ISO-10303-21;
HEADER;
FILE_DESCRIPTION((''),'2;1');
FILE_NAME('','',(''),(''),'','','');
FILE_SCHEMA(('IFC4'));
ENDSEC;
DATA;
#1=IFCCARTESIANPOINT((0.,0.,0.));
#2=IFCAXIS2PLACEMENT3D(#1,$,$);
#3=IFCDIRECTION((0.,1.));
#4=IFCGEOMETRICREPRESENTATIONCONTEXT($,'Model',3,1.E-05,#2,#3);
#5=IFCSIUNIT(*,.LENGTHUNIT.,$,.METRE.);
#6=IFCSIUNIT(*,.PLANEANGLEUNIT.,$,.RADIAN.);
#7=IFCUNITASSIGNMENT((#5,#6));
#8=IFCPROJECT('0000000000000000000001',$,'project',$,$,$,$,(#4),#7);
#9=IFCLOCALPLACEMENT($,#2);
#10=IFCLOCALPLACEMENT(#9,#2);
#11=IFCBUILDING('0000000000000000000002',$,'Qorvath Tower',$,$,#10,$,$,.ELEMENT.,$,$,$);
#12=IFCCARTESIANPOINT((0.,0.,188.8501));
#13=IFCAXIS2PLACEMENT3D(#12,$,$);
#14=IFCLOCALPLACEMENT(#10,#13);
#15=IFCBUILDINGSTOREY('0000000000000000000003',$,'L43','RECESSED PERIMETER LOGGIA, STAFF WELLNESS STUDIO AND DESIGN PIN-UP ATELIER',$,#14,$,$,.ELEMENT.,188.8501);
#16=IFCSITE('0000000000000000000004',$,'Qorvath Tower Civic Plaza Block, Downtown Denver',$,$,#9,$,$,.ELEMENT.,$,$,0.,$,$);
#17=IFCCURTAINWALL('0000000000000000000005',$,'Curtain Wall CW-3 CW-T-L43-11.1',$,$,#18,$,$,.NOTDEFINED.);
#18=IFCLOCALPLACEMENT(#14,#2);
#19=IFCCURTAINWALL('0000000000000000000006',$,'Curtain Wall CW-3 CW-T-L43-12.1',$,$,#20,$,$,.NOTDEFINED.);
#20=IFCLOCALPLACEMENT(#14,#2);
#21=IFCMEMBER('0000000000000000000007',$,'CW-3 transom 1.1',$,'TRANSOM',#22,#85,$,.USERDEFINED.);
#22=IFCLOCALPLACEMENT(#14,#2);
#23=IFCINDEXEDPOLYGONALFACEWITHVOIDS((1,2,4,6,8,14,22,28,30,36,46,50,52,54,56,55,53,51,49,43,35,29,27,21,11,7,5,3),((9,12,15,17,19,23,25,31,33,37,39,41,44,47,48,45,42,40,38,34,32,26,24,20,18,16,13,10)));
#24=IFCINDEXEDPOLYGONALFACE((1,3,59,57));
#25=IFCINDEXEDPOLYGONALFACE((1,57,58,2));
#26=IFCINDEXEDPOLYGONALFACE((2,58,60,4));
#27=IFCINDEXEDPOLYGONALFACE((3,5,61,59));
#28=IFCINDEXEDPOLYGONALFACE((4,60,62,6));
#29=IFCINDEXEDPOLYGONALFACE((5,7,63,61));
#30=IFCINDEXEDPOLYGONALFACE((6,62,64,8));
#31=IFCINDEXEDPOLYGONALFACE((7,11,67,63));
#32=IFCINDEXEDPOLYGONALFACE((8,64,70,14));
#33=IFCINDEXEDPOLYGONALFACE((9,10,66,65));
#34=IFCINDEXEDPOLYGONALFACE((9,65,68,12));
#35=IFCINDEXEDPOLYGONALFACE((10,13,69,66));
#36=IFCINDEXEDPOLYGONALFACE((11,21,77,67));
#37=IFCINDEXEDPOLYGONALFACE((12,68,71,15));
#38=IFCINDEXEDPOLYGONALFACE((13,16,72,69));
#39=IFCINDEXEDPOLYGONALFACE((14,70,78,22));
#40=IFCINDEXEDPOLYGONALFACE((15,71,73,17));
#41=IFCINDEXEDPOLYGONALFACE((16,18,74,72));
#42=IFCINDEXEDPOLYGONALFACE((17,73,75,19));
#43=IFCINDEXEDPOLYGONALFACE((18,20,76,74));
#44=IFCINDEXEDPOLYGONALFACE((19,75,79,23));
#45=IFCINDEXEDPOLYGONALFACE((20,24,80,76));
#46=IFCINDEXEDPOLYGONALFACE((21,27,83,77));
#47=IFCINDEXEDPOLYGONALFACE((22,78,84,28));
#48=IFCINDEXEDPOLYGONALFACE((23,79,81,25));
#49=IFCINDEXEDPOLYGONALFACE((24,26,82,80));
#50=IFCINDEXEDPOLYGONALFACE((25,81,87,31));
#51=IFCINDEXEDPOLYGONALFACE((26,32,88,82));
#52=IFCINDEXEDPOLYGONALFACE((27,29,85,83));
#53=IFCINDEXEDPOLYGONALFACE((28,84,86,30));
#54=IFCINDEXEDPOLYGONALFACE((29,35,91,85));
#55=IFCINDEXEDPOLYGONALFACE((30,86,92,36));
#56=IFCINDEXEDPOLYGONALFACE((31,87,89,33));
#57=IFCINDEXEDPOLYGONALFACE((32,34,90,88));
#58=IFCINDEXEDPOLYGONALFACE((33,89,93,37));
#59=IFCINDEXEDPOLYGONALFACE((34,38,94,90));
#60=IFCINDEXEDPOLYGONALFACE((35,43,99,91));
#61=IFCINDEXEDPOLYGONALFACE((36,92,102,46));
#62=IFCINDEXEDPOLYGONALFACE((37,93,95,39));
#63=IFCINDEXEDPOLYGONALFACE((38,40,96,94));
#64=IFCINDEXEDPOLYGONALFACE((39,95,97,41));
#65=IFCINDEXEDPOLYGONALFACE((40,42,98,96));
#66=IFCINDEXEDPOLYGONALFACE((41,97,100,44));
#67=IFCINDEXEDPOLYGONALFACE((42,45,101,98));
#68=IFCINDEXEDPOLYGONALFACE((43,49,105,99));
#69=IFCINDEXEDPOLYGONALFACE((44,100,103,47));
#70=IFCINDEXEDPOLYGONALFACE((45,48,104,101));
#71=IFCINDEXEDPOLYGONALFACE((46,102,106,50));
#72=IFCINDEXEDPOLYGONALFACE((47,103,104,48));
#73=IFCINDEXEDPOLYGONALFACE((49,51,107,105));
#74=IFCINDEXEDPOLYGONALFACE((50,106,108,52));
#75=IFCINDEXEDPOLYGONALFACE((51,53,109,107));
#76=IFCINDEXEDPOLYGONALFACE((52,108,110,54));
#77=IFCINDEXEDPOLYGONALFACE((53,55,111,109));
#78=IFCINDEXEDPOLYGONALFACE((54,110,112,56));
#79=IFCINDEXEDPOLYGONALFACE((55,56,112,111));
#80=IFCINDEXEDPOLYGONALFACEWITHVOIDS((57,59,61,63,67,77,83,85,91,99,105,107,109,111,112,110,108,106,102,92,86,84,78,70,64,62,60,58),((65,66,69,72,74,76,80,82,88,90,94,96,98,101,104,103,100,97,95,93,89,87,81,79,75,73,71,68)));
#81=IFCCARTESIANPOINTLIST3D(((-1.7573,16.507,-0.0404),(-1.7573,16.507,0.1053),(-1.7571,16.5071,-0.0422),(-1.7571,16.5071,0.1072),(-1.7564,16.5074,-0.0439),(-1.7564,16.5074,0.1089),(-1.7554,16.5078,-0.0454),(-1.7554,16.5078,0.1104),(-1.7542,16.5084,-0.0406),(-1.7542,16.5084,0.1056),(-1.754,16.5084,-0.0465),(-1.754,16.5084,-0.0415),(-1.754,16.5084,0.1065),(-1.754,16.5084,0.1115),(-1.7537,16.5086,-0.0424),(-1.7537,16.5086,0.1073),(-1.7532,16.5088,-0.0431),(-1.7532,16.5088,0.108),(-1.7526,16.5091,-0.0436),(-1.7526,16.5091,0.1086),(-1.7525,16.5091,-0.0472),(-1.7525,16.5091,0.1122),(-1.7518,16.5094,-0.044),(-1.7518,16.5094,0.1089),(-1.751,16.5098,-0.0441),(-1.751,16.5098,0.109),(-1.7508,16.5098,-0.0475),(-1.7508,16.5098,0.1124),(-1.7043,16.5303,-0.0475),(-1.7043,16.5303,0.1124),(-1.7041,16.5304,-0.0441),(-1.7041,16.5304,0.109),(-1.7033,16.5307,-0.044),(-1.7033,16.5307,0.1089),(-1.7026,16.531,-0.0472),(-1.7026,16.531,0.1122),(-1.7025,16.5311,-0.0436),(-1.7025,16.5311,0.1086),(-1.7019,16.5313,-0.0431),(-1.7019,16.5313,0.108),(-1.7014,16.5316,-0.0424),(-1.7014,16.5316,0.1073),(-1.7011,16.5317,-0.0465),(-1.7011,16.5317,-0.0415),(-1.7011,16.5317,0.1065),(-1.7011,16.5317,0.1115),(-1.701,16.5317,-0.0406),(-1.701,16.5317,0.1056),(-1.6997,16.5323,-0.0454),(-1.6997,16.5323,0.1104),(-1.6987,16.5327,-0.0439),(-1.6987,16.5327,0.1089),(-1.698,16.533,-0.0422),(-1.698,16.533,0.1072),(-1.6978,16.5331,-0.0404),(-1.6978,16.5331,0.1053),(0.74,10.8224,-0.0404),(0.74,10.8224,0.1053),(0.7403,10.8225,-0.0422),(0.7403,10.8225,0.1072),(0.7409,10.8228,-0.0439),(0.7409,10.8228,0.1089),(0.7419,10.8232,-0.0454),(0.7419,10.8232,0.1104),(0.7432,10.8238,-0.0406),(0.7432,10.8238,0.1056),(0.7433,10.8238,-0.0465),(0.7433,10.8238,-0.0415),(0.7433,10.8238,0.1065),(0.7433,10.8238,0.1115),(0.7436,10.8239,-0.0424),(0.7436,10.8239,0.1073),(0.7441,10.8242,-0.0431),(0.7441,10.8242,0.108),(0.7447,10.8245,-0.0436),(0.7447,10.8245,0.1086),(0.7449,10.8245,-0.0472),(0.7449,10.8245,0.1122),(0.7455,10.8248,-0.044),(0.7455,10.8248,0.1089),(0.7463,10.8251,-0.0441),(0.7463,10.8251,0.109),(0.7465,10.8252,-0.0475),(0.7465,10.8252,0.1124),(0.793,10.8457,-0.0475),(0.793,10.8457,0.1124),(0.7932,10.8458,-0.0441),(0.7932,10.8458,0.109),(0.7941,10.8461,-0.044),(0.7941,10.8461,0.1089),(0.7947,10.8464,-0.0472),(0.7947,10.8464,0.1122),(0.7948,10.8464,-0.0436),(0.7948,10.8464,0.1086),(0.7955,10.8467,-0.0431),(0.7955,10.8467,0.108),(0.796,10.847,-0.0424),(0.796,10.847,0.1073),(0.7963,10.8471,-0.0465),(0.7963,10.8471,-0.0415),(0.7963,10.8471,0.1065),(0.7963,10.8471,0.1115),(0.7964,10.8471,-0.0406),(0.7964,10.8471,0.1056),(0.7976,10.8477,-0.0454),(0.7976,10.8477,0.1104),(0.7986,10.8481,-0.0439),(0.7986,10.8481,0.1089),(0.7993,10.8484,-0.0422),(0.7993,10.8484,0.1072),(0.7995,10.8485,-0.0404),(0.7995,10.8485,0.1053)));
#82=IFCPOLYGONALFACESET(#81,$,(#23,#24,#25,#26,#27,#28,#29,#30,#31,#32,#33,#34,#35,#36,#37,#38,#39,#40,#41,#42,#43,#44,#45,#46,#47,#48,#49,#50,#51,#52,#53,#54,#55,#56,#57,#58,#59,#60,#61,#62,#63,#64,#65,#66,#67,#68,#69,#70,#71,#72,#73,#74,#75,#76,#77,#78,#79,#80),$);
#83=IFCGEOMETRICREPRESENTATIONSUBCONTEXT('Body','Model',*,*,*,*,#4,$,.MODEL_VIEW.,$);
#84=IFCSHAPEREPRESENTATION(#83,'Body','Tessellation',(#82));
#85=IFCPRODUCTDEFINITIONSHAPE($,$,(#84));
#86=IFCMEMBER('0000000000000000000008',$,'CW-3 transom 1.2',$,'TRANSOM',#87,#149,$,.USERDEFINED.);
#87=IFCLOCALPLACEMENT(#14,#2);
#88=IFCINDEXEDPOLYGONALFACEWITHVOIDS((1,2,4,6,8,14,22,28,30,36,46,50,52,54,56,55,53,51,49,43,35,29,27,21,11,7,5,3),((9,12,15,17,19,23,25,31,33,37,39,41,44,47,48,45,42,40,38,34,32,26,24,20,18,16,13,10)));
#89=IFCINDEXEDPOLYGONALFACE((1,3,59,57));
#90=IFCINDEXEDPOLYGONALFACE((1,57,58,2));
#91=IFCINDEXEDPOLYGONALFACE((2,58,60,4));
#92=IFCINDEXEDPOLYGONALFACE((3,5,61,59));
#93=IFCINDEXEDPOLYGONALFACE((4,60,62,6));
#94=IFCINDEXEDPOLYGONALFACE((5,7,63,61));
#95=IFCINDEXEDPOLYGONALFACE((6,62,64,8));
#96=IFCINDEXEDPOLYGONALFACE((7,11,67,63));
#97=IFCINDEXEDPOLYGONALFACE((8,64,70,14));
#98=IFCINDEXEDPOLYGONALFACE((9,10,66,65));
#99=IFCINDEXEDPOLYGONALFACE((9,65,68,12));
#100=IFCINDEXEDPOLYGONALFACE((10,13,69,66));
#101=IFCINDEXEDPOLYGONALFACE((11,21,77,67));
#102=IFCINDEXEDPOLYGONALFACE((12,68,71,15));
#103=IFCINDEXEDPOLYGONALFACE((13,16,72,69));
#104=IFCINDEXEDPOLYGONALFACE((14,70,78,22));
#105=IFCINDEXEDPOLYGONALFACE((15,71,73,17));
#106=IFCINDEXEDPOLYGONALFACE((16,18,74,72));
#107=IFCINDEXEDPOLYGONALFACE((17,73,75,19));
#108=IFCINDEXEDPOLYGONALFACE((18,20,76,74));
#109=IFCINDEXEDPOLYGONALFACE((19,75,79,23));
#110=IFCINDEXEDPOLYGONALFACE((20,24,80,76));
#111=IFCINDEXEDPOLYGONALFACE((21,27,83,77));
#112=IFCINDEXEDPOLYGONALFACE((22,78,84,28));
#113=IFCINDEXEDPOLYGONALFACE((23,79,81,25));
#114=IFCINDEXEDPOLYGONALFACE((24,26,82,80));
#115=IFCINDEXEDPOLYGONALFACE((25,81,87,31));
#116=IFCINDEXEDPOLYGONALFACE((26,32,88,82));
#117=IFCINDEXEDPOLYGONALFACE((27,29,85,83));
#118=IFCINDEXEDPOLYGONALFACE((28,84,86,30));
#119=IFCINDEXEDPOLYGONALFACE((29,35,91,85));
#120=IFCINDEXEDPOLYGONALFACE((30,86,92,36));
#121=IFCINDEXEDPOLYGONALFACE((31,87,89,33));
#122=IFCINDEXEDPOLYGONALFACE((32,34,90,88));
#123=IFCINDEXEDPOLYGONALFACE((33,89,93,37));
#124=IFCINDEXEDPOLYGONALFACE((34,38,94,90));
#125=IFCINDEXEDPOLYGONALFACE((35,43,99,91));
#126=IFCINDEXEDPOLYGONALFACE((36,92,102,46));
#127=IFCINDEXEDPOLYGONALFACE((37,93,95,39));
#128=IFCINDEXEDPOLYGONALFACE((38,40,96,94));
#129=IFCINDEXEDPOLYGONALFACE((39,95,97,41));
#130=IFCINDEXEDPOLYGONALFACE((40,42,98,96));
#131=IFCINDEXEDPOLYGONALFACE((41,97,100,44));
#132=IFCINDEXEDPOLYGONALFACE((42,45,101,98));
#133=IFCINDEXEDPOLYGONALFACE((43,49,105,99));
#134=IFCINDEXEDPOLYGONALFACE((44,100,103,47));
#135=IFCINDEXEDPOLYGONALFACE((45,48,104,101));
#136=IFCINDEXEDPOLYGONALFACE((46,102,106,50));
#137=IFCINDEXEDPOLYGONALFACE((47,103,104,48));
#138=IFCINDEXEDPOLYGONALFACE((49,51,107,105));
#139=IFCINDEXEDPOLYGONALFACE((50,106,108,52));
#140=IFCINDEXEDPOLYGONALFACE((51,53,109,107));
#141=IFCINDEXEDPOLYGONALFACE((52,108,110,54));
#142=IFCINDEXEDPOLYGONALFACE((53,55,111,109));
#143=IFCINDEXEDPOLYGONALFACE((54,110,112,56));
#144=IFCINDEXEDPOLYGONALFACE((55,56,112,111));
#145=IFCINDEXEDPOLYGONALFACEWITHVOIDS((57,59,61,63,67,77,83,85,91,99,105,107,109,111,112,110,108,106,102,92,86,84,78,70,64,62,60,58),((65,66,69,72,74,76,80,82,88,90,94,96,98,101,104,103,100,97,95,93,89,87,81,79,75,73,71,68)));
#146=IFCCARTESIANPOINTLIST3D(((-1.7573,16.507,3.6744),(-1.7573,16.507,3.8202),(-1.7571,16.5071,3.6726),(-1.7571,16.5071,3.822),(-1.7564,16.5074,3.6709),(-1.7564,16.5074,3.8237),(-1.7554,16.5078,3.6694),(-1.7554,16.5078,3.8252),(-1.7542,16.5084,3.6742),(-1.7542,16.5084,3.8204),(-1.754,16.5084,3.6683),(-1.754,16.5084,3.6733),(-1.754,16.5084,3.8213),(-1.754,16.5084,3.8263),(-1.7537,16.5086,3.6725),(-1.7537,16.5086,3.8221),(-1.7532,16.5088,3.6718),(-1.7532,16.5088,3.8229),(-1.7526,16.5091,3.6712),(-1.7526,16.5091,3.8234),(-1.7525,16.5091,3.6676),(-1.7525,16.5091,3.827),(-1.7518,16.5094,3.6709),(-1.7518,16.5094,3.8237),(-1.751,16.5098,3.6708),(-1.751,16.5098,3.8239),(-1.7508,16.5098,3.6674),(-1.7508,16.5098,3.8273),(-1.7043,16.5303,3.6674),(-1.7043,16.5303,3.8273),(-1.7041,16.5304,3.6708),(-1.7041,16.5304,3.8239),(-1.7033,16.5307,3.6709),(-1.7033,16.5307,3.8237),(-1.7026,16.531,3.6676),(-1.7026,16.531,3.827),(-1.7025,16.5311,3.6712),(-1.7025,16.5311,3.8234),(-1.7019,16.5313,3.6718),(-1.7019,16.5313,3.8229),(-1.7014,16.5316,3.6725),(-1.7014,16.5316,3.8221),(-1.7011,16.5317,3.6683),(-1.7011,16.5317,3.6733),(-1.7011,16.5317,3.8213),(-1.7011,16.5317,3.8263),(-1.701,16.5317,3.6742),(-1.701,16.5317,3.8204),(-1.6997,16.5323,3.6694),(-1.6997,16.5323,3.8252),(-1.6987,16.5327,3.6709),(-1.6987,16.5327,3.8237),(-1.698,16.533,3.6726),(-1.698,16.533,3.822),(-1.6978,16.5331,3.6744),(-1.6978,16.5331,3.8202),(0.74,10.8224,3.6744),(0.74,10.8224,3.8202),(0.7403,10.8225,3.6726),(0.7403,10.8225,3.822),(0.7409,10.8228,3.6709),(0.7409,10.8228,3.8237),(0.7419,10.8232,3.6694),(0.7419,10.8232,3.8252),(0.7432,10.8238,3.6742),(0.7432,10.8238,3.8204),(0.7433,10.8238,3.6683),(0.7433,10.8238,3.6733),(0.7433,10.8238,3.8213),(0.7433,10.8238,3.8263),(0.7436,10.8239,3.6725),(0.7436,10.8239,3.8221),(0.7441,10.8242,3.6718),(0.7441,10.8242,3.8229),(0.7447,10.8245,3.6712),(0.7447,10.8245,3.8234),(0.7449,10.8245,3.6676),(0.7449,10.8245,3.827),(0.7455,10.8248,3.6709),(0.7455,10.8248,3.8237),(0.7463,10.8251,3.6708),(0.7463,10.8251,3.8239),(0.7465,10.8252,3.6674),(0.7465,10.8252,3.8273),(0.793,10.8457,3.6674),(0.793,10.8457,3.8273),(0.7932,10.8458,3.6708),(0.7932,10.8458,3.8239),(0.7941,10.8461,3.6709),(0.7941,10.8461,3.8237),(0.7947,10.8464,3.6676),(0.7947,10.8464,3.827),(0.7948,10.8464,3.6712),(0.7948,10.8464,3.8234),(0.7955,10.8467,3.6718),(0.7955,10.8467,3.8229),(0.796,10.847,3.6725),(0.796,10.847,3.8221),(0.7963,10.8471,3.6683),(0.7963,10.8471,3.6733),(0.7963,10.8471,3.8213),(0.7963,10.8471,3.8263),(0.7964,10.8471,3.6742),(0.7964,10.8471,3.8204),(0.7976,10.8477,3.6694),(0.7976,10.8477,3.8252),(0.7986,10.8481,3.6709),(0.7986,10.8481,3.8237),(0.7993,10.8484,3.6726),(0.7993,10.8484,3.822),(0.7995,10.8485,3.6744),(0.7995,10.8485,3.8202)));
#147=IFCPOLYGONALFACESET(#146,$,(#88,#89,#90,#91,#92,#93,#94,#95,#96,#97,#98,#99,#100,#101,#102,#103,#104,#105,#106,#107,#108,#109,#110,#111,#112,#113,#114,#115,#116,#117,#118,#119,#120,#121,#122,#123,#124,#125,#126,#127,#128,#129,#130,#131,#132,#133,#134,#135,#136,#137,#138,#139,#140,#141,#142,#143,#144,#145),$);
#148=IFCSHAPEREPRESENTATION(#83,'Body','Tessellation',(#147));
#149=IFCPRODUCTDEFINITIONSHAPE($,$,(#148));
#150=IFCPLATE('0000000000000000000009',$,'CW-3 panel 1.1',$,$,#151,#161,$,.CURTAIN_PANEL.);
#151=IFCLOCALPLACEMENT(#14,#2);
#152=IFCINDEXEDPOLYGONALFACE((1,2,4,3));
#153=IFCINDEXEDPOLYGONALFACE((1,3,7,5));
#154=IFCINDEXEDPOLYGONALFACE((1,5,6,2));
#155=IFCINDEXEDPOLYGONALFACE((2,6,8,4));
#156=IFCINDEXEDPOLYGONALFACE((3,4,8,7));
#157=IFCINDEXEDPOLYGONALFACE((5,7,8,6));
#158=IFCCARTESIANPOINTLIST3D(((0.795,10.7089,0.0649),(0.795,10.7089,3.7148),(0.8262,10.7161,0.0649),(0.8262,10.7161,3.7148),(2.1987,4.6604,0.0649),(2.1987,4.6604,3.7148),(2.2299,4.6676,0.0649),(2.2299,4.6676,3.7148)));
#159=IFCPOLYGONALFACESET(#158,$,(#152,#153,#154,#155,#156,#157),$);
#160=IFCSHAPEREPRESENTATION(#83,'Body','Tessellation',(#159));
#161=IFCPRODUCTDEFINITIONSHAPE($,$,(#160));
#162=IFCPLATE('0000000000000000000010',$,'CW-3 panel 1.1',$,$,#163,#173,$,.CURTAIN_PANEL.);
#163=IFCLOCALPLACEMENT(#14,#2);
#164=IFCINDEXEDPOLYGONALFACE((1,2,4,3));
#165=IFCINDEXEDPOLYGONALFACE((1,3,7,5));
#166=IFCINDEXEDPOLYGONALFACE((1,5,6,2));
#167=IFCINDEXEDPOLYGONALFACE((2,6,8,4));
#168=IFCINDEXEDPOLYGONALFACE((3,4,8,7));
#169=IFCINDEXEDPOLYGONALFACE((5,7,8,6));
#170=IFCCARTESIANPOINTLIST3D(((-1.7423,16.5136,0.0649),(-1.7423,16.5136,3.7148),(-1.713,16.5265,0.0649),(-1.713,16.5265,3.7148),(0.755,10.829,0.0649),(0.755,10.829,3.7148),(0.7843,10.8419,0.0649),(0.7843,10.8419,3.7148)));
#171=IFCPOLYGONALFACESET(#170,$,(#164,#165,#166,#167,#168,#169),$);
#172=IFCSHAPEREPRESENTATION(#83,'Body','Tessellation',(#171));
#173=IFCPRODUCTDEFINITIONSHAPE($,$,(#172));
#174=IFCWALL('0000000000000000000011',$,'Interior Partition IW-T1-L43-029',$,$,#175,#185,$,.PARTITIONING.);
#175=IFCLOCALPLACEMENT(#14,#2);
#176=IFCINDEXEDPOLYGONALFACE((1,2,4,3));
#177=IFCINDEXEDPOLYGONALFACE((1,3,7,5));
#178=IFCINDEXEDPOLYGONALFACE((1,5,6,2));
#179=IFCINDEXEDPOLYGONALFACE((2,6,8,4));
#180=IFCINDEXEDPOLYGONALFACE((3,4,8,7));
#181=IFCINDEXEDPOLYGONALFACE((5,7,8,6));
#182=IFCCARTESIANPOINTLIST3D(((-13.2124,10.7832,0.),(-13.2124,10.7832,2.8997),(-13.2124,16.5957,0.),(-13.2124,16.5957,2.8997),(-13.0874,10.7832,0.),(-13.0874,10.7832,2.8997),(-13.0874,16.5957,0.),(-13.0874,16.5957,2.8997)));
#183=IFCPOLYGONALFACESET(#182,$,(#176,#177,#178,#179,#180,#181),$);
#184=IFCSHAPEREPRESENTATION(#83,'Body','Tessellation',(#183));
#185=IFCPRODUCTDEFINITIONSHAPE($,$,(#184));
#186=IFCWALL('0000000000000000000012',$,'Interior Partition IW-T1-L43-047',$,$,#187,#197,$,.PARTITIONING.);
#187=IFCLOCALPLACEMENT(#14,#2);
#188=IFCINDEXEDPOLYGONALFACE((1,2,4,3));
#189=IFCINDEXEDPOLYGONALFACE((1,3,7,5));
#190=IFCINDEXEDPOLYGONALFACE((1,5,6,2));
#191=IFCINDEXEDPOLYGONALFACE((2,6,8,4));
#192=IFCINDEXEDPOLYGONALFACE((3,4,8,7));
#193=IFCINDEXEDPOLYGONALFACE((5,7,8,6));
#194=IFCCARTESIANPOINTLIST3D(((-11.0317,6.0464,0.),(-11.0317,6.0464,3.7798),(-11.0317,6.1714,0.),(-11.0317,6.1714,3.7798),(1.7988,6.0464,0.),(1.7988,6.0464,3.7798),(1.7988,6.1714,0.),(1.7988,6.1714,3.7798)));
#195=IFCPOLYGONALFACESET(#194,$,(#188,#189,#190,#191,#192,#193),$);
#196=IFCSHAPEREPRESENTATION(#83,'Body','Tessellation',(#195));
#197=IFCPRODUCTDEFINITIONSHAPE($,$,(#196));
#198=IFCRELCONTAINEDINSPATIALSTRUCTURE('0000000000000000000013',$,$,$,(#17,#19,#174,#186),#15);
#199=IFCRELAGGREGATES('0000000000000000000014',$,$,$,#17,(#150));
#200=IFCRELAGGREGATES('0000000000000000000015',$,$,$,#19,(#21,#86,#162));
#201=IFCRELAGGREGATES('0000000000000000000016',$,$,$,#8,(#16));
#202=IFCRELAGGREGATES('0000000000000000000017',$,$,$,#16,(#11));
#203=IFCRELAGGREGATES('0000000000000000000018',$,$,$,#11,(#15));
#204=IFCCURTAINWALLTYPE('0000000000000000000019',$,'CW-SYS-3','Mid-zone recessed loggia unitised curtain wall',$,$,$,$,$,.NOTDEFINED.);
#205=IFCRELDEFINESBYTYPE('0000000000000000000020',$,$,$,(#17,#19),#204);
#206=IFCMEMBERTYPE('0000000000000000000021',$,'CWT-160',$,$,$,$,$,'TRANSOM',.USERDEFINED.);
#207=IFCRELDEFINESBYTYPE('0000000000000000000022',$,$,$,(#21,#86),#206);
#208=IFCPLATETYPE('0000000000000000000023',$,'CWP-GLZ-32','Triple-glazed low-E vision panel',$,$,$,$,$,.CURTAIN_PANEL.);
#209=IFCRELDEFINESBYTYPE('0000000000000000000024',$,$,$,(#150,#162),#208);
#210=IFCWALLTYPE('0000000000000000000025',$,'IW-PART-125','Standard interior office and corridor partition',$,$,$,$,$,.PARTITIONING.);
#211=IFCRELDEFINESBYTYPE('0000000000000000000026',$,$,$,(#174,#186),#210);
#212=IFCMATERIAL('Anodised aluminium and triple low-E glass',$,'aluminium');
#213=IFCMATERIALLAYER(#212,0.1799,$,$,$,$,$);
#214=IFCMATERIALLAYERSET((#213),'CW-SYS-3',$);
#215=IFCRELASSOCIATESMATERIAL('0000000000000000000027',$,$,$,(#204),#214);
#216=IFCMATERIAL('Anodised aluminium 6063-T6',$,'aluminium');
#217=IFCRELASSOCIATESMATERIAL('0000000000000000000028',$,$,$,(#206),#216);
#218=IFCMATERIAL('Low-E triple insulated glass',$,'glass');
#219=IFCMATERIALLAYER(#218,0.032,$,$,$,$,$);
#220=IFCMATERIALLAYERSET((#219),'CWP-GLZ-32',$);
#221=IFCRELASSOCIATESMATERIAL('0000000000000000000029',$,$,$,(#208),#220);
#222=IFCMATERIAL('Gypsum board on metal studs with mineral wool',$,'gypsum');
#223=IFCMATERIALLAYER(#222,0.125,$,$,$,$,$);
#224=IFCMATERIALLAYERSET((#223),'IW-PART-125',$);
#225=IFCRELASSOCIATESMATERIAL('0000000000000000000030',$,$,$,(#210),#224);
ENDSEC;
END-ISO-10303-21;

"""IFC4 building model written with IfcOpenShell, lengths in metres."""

from ifc_helpers import new_model, si_unit, direction, frame, frame_2d, origin, origin_2d, place, context, subcontext, project, spatial, rectangle, hollow_rectangle, extrude, material, layer, layer_set, material_profile, profile_set, type_object, element, aggregate, save


model = new_model("IFC4")

# Units and contexts
model_context = context("Model", 3, precision=1e-05, world=origin(), true_north=direction((0.0, 1.0)))
body_context = subcontext(model_context, "Body", "Model", "MODEL_VIEW")
ifc_project = project(units=[si_unit("LENGTHUNIT", "METRE"), si_unit("PLANEANGLEUNIT", "RADIAN")], contexts=[model_context])

# Site, building, storey
site_placement = place(None, origin())
site = spatial("IfcSite", under=ifc_project, at=site_placement, Name="Qorvath Tower Civic Plaza Block, Downtown Denver", CompositionType="ELEMENT", RefElevation=0.0)
building_placement = place(site_placement, origin())
building = spatial("IfcBuilding", under=site, at=building_placement, Name="Qorvath Tower", CompositionType="ELEMENT")
storey_placement = place(building_placement, frame((0.0, 0.0, 188.8501)))
storey = spatial("IfcBuildingStorey", under=building, at=storey_placement, Name="L43", Description="RECESSED PERIMETER LOGGIA, STAFF WELLNESS STUDIO AND DESIGN PIN-UP ATELIER", CompositionType="ELEMENT", Elevation=188.8501)

# Shared definitions
ifc_material_1 = material(Name="Anodised aluminium and triple low-E glass", Category="aluminium")
ifc_layer_1 = layer(ifc_material_1, 0.1799)
ifc_layer_set_1 = layer_set([ifc_layer_1], Name="CW-SYS-3")
curtain_wall_type = type_object("IfcCurtainWallType", Name="CW-SYS-3", Description="Mid-zone recessed loggia unitised curtain wall", PredefinedType="NOTDEFINED", material=ifc_layer_set_1)

# Curtain wall
curtain_wall_1_placement = place(storey_placement, origin())
curtain_wall_1 = element("IfcCurtainWall", 1, at=curtain_wall_1_placement, inside=storey, type_object=curtain_wall_type, Name="Curtain Wall CW-3 CW-T-L43-11.1", PredefinedType="NOTDEFINED")

# Curtain wall
curtain_wall_2_placement = place(storey_placement, origin())
curtain_wall_2 = element("IfcCurtainWall", 2, at=curtain_wall_2_placement, inside=storey, type_object=curtain_wall_type, Name="Curtain Wall CW-3 CW-T-L43-12.1", PredefinedType="NOTDEFINED")

# Members
ifc_material_2 = material(Name="Anodised aluminium 6063-T6", Category="aluminium")
ifc_material_profile_1 = material_profile(ifc_material_2, hollow_rectangle(XDim=0.0649, YDim=0.1599, WallThickness=0.0034, InnerFilletRadius=0.0034, OuterFilletRadius=0.0071, at=origin_2d()), Name="CWT 160x65")
ifc_profile_set_1 = profile_set([ifc_material_profile_1], Name="Anodised aluminium 6063-T6")
member_type_1 = type_object("IfcMemberType", Name="CWT-160", ElementType="TRANSOM", PredefinedType="USERDEFINED", material=ifc_profile_set_1)
member_1_placement = place(storey_placement, frame((0.7698, 10.8354, 0.0325), z_axis=(-0.402213, 0.915546, 0.0), x_axis=(-0.915546, -0.402213, 0.0)))
member_1 = element("IfcMember", 3, at=member_1_placement, type_object=member_type_1, Name="CW-3 transom 1.1", ObjectType="TRANSOM", PredefinedType="USERDEFINED", context=body_context, shape_type="SweptSolid", body=[
    extrude(hollow_rectangle(XDim=0.0649, YDim=0.1599, WallThickness=0.0034, InnerFilletRadius=0.0034, OuterFilletRadius=0.0071, at=origin_2d()), origin(), (0.0, 0.0, 1.0), 6.209),
])
member_2_placement = place(storey_placement, frame((0.7698, 10.8354, 3.7473), z_axis=(-0.402213, 0.915546, 0.0), x_axis=(-0.915546, -0.402213, 0.0)))
member_2 = element("IfcMember", 4, at=member_2_placement, type_object=member_type_1, Name="CW-3 transom 1.2", ObjectType="TRANSOM", PredefinedType="USERDEFINED", context=body_context, shape_type="SweptSolid", body=[
    extrude(hollow_rectangle(XDim=0.0649, YDim=0.1599, WallThickness=0.0034, InnerFilletRadius=0.0034, OuterFilletRadius=0.0071, at=origin_2d()), origin(), (0.0, 0.0, 1.0), 6.209),
])

# Plates
ifc_material_3 = material(Name="Low-E triple insulated glass", Category="glass")
ifc_layer_2 = layer(ifc_material_3, 0.032)
ifc_layer_set_2 = layer_set([ifc_layer_2], Name="CWP-GLZ-32")
plate_type = type_object("IfcPlateType", Name="CWP-GLZ-32", Description="Triple-glazed low-E vision panel", PredefinedType="CURTAIN_PANEL", material=ifc_layer_set_2)
plate_1_placement = place(storey_placement, frame((1.5125, 7.6882, 0.0649), z_axis=(0.0, 0.0, 1.0), x_axis=(-0.226069, 0.974111, 0.0)))
plate_1 = element("IfcPlate", 5, at=plate_1_placement, type_object=plate_type, Name="CW-3 panel 1.1", PredefinedType="CURTAIN_PANEL", context=body_context, shape_type="SweptSolid", body=[
    extrude(rectangle(XDim=6.2092, YDim=0.032, at=origin_2d()), origin(), (0.0, 0.0, 1.0), 3.6499),
])
aggregate(curtain_wall_1, [plate_1])
plate_2_placement = place(storey_placement, frame((-0.479, 13.6777, 0.0649), z_axis=(0.0, 0.0, 1.0), x_axis=(-0.402206, 0.915549, 0.0)))
plate_2 = element("IfcPlate", 6, at=plate_2_placement, type_object=plate_type, Name="CW-3 panel 1.1", PredefinedType="CURTAIN_PANEL", context=body_context, shape_type="SweptSolid", body=[
    extrude(rectangle(XDim=6.209, YDim=0.032, at=origin_2d()), origin(), (0.0, 0.0, 1.0), 3.6499),
])
aggregate(curtain_wall_2, [member_1, member_2, plate_2])

# Walls
ifc_material_4 = material(Name="Gypsum board on metal studs with mineral wool", Category="gypsum")
ifc_layer_3 = layer(ifc_material_4, 0.125)
ifc_layer_set_3 = layer_set([ifc_layer_3], Name="IW-PART-125")
wall_type_1 = type_object("IfcWallType", Name="IW-PART-125", Description="Standard interior office and corridor partition", PredefinedType="PARTITIONING", material=ifc_layer_set_3)
wall_1_placement = place(storey_placement, frame((-13.1499, 10.7832, 0.0), z_axis=(0.0, 0.0, 1.0), x_axis=(0.0, 1.0, 0.0)))
element("IfcWall", 7, at=wall_1_placement, inside=storey, type_object=wall_type_1, Name="Interior Partition IW-T1-L43-029", PredefinedType="PARTITIONING", context=body_context, shape_type="SweptSolid", body=[
    extrude(rectangle(XDim=5.8125, YDim=0.125, at=frame_2d((2.9062, 0.0))), origin(), (0.0, 0.0, 1.0), 2.8997),
])
wall_2_placement = place(storey_placement, frame((1.7988, 6.1089, 0.0), z_axis=(0.0, 0.0, 1.0), x_axis=(-1.0, 0.0, 0.0)))
element("IfcWall", 8, at=wall_2_placement, inside=storey, type_object=wall_type_1, Name="Interior Partition IW-T1-L43-047", PredefinedType="PARTITIONING", context=body_context, shape_type="SweptSolid", body=[
    extrude(rectangle(XDim=12.8306, YDim=0.125, at=frame_2d((6.4153, 0.0))), origin(), (0.0, 0.0, 1.0), 3.7798),
])

save(model, "model.ifc")
